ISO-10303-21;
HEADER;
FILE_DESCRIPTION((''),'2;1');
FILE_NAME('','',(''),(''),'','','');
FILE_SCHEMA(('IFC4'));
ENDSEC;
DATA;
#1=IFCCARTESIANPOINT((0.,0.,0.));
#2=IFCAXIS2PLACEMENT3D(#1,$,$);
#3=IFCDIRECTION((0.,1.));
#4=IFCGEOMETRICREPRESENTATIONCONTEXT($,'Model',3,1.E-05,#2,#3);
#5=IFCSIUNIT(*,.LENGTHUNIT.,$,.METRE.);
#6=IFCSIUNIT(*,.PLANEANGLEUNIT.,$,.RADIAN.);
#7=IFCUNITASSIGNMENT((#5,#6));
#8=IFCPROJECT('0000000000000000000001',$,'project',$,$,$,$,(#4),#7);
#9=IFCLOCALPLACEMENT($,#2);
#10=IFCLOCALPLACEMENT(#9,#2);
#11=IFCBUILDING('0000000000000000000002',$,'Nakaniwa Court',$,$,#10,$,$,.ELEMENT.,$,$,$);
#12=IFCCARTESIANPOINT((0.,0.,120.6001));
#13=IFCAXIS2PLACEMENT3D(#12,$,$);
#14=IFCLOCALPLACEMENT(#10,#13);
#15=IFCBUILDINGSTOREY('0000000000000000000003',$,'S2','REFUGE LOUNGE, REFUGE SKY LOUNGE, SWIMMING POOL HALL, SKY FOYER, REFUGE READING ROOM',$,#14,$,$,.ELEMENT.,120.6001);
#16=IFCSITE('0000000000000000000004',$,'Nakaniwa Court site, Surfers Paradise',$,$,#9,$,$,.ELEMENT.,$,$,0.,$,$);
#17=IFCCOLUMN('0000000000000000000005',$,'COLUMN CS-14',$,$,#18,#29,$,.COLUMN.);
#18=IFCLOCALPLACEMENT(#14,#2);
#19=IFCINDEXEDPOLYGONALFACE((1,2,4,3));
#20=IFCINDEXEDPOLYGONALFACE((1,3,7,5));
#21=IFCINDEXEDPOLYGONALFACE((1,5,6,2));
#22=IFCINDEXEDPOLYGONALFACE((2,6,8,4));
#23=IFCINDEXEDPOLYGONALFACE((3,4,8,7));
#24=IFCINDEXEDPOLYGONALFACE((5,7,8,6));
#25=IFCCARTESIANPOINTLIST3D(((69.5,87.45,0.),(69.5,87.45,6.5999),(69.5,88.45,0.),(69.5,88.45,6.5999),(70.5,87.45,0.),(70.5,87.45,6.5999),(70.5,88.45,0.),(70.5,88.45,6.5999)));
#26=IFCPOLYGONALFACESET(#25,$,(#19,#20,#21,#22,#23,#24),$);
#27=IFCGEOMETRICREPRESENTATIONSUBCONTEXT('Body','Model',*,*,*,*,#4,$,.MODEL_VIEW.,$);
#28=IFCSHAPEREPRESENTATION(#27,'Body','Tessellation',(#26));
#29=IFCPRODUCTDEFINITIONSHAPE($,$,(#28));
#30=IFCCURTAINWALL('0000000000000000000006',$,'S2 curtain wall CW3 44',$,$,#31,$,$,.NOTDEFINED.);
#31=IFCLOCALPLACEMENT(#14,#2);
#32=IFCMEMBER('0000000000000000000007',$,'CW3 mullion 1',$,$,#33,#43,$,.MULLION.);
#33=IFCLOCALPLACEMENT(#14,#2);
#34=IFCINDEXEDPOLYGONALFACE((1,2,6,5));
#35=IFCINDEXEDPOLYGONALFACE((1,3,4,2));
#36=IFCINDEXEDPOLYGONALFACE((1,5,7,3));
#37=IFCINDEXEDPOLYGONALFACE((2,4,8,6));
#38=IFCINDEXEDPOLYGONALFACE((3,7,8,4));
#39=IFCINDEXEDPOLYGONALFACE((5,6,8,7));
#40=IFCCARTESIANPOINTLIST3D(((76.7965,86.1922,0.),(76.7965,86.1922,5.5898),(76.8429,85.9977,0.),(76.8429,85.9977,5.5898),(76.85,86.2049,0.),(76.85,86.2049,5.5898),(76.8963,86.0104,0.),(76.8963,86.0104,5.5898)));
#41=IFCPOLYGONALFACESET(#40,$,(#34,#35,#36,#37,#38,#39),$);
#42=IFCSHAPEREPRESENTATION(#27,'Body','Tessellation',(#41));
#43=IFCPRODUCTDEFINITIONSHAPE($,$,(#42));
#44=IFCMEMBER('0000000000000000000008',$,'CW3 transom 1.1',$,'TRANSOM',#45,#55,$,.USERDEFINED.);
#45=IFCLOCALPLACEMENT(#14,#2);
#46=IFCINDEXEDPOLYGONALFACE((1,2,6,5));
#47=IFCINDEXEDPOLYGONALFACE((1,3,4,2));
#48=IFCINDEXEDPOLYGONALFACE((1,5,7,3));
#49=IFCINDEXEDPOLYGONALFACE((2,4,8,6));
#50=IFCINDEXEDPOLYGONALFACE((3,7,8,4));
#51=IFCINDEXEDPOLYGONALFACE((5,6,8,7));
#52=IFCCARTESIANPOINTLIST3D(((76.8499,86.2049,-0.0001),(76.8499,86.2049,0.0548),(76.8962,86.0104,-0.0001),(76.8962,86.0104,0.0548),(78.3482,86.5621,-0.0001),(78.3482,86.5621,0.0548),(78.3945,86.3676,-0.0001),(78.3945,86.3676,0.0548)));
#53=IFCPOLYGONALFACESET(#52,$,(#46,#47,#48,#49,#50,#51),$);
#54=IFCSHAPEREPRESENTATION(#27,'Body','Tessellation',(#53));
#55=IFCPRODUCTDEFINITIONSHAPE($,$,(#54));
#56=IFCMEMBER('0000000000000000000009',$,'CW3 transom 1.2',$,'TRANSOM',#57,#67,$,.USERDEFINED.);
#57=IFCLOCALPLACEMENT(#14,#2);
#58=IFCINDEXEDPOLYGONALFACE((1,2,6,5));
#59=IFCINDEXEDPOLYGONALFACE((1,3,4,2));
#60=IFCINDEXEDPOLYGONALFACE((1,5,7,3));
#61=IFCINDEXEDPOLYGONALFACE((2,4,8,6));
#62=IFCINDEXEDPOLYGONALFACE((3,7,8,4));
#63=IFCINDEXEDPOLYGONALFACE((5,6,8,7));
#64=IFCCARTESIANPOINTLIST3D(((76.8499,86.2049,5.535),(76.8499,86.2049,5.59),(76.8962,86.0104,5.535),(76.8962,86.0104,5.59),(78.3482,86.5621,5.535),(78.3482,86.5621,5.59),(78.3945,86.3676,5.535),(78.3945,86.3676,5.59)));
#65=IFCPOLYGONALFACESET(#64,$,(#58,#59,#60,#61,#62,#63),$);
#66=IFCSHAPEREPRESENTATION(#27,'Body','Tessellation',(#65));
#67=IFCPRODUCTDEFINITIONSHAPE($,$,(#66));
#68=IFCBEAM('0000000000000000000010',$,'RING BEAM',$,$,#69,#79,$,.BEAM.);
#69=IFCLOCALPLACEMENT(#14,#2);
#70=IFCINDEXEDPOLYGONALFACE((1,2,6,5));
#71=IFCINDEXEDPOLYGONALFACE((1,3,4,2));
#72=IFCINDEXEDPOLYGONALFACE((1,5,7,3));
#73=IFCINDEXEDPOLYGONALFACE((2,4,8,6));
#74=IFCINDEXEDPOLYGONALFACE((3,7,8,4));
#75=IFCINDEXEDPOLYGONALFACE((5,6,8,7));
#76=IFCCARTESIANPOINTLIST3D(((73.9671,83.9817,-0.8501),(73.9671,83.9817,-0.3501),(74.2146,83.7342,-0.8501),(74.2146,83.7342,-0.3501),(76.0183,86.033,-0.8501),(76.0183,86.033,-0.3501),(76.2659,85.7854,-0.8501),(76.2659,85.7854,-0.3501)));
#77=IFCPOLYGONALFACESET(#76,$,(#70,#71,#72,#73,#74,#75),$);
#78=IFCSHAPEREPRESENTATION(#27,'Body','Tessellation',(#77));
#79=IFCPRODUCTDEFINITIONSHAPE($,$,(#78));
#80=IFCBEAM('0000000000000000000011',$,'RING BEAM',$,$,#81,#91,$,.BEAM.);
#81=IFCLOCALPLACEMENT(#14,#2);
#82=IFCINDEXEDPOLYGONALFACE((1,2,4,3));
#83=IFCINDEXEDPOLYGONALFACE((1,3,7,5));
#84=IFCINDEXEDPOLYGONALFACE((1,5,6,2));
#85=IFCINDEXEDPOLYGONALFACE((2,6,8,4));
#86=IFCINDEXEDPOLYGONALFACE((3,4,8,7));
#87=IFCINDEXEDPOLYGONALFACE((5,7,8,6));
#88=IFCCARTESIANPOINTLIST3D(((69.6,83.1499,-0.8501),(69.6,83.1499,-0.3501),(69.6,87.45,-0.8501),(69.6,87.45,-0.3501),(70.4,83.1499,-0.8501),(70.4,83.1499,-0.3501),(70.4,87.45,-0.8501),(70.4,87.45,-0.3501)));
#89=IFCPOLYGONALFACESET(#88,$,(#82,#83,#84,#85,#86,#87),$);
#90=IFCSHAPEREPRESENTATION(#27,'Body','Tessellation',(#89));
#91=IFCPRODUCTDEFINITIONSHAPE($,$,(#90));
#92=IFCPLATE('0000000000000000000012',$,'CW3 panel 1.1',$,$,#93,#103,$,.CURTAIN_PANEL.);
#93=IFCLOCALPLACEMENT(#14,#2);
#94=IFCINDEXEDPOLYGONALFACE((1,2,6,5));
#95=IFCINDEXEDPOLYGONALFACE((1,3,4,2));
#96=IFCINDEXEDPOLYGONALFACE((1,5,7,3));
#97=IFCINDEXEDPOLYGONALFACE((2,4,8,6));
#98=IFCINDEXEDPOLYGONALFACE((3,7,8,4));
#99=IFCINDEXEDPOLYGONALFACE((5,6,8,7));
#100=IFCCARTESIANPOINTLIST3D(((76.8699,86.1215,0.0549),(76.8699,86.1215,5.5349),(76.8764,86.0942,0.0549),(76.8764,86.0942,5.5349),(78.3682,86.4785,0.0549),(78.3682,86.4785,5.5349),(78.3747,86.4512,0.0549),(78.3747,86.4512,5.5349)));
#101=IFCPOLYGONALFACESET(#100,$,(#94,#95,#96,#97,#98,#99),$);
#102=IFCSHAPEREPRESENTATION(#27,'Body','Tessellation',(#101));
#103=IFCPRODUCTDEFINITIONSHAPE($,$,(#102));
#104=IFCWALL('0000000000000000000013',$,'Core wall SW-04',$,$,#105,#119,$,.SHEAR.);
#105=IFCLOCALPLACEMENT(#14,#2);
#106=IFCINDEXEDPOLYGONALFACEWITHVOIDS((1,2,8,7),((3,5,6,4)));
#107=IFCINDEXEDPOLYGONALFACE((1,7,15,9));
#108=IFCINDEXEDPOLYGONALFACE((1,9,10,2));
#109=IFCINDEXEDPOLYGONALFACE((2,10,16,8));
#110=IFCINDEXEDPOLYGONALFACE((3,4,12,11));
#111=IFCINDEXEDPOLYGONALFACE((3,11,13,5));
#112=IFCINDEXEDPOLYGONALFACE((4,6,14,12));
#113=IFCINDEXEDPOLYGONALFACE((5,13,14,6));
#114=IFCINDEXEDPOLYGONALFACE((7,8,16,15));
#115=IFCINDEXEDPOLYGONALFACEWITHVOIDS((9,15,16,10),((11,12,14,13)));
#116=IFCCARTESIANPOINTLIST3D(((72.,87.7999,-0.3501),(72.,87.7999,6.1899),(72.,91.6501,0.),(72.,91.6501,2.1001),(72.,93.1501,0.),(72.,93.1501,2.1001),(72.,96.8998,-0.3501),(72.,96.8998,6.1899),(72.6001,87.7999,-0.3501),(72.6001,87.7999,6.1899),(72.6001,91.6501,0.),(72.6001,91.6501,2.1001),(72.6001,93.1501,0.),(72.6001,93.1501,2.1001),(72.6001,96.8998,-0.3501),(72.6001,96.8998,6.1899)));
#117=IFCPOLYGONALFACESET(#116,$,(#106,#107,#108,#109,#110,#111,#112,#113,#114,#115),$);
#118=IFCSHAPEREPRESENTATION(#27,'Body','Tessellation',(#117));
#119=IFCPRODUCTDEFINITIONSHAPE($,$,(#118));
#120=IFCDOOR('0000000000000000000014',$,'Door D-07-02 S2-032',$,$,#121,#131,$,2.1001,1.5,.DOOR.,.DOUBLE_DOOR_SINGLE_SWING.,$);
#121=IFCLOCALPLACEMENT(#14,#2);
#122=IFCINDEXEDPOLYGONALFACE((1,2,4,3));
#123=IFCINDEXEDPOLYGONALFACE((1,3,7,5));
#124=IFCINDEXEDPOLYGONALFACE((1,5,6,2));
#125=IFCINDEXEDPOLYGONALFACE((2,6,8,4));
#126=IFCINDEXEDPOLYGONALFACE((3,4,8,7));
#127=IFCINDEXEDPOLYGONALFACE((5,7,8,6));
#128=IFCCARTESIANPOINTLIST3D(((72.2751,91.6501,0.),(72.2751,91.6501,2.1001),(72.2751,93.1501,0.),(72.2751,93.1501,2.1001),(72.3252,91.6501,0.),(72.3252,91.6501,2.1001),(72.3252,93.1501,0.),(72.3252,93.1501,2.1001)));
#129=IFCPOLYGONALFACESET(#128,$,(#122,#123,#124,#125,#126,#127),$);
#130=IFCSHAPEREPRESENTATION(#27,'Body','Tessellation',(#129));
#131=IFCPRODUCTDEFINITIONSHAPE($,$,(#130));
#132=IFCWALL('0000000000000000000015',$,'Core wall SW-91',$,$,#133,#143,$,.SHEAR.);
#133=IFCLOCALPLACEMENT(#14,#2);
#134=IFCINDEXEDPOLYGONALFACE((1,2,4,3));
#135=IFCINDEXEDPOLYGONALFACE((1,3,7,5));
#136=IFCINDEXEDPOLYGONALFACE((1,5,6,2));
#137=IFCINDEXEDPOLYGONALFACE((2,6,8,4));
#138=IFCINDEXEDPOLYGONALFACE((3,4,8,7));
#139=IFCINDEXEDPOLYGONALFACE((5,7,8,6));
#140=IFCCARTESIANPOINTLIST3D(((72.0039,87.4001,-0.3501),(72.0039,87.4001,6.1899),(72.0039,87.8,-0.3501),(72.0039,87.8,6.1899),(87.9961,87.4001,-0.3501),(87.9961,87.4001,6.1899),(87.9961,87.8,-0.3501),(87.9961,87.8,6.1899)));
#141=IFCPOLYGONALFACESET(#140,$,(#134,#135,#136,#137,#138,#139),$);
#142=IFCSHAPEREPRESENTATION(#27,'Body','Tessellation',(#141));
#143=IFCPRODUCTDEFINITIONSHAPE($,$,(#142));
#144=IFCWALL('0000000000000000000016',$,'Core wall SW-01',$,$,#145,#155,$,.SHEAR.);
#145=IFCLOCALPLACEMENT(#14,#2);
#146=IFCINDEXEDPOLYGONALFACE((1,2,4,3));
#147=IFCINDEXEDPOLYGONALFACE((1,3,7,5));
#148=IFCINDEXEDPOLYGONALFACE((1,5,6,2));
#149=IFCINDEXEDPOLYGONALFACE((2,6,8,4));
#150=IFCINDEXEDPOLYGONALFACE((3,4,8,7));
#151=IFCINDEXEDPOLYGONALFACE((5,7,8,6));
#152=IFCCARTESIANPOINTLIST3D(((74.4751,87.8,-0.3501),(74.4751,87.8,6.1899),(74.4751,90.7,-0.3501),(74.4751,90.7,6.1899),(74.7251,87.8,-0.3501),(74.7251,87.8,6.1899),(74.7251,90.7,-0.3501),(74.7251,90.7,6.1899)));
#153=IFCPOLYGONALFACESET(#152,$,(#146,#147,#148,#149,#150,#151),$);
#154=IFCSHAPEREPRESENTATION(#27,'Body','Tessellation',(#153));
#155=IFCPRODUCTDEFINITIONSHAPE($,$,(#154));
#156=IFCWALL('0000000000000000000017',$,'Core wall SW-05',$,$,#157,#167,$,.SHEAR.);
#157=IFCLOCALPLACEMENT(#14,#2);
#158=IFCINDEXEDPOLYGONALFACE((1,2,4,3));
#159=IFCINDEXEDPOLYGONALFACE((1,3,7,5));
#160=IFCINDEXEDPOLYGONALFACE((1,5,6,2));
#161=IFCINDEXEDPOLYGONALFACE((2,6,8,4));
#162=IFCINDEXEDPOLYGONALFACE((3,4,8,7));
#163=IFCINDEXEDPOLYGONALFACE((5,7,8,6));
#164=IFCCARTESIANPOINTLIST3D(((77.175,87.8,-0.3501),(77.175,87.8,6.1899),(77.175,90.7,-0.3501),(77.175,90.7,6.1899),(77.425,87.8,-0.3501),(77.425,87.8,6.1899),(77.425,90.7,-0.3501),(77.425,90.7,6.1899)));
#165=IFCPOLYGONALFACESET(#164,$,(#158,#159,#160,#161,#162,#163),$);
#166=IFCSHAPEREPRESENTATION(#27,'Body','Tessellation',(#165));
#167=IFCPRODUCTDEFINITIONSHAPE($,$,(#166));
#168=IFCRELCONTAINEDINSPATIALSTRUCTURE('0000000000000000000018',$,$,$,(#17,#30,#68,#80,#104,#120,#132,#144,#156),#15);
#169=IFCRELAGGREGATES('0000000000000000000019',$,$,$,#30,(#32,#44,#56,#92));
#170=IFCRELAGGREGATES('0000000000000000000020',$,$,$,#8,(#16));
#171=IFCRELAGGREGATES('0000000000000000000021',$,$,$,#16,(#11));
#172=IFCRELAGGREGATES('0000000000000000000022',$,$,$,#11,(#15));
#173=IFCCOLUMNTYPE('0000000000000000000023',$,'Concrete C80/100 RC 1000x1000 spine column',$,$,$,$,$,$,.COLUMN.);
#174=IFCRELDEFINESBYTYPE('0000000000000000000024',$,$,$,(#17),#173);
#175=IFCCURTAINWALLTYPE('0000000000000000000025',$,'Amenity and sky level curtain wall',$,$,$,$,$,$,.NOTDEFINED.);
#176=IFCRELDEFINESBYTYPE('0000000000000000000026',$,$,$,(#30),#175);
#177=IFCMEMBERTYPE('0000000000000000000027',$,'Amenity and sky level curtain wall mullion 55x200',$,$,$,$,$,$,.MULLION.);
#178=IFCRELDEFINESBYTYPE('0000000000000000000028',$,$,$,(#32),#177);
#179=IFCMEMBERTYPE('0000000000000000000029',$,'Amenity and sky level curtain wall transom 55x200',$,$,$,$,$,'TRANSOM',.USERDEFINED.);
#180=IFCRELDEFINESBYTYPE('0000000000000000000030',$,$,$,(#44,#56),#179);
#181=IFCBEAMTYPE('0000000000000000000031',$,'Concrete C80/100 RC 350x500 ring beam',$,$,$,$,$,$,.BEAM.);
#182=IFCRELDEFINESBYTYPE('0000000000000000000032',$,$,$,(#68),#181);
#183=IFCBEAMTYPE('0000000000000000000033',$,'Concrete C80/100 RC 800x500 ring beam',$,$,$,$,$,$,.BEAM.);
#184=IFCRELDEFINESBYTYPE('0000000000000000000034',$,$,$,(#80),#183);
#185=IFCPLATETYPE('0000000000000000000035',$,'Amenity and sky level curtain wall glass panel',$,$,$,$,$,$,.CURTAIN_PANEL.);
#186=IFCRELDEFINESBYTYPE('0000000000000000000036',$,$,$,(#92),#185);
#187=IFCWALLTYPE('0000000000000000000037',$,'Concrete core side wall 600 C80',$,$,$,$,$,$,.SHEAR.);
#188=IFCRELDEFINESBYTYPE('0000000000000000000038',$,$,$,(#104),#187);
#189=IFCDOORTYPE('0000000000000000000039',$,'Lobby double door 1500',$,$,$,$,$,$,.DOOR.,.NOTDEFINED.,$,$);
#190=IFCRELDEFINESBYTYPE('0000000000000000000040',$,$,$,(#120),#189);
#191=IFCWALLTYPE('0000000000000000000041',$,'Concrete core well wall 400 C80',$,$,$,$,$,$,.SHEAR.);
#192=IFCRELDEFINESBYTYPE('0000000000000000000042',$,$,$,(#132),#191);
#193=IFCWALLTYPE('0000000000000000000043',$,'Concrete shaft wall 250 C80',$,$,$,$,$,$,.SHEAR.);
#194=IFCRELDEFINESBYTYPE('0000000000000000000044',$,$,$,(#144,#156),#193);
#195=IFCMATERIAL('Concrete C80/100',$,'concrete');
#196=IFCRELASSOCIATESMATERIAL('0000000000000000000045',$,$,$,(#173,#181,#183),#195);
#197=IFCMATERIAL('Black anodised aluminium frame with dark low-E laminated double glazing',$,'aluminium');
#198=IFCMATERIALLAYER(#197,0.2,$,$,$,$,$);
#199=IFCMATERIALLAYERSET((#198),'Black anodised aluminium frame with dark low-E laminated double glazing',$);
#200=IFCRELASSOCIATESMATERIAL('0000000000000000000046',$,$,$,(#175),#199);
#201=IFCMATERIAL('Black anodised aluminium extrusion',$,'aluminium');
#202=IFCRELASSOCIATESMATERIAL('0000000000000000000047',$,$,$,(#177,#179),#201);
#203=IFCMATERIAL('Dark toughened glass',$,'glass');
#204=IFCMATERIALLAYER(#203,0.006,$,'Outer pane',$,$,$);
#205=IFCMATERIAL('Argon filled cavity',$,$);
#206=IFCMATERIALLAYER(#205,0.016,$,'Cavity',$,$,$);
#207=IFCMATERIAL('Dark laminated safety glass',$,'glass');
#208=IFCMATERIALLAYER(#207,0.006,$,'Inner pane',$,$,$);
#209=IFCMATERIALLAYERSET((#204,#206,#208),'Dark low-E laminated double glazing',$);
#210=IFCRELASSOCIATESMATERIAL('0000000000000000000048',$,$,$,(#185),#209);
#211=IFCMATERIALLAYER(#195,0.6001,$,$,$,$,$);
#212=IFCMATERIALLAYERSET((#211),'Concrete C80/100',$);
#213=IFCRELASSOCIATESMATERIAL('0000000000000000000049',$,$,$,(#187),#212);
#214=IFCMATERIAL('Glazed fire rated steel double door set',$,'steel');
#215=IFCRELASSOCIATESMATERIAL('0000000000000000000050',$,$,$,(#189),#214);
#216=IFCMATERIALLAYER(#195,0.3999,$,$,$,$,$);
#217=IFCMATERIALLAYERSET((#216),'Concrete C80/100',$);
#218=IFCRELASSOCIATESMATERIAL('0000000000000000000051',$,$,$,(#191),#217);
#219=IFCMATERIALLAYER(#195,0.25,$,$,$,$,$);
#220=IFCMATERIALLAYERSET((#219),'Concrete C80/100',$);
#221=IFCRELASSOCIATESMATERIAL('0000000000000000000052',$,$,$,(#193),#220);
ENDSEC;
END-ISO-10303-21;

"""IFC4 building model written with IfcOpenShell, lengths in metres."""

from ifc_helpers import new_model, si_unit, direction, frame, frame_2d, origin, origin_2d, place, context, subcontext, project, spatial, rectangle, extrude, material, layer, layer_set, material_profile, profile_set, type_object, element, fill, aggregate, save


model = new_model("IFC4")

# Units and contexts
model_context = context("Model", 3, precision=1e-05, world=origin(), true_north=direction((0.0, 1.0)))
body_context = subcontext(model_context, "Body", "Model", "MODEL_VIEW")
ifc_project = project(units=[si_unit("LENGTHUNIT", "METRE"), si_unit("PLANEANGLEUNIT", "RADIAN")], contexts=[model_context])

# Site, building, storey
site_placement = place(None, origin())
site = spatial("IfcSite", under=ifc_project, at=site_placement, Name="Nakaniwa Court site, Surfers Paradise", CompositionType="ELEMENT", RefElevation=0.0)
building_placement = place(site_placement, origin())
building = spatial("IfcBuilding", under=site, at=building_placement, Name="Nakaniwa Court", CompositionType="ELEMENT")
storey_placement = place(building_placement, frame((0.0, 0.0, 120.6001)))
storey = spatial("IfcBuildingStorey", under=building, at=storey_placement, Name="S2", Description="REFUGE LOUNGE, REFUGE SKY LOUNGE, SWIMMING POOL HALL, SKY FOYER, REFUGE READING ROOM", CompositionType="ELEMENT", Elevation=120.6001)

# Column
ifc_material_1 = material(Name="Concrete C80/100", Category="concrete")
ifc_material_profile_1 = material_profile(ifc_material_1, rectangle(XDim=1.0, YDim=1.0, at=origin_2d()), Name="Concrete C80/100 RC 1000x1000 spine column")
ifc_profile_set_1 = profile_set([ifc_material_profile_1], Name="Concrete C80/100")
column_type_1 = type_object("IfcColumnType", Name="Concrete C80/100 RC 1000x1000 spine column", PredefinedType="COLUMN", material=ifc_profile_set_1)
column_1_placement = place(storey_placement, frame((70.0, 87.95, 0.0), z_axis=(0.0, 0.0, 1.0), x_axis=(0.0, -1.0, 0.0)))
element("IfcColumn", 1, at=column_1_placement, inside=storey, type_object=column_type_1, Name="COLUMN CS-14", PredefinedType="COLUMN", context=body_context, shape_type="SweptSolid", body=[
    extrude(rectangle(XDim=1.0, YDim=1.0, at=origin_2d()), origin(), (0.0, 0.0, 1.0), 6.5999),
])

# Curtain wall, members
ifc_material_2 = material(Name="Black anodised aluminium frame with dark low-E laminated double glazing", Category="aluminium")
ifc_layer_1 = layer(ifc_material_2, 0.2)
ifc_layer_set_1 = layer_set([ifc_layer_1], Name="Black anodised aluminium frame with dark low-E laminated double glazing")
curtain_wall_type = type_object("IfcCurtainWallType", Name="Amenity and sky level curtain wall", PredefinedType="NOTDEFINED", material=ifc_layer_set_1)
curtain_wall_placement = place(storey_placement, origin())
curtain_wall = element("IfcCurtainWall", 2, at=curtain_wall_placement, inside=storey, type_object=curtain_wall_type, Name="S2 curtain wall CW3 44", PredefinedType="NOTDEFINED")
ifc_material_3 = material(Name="Black anodised aluminium extrusion", Category="aluminium")
ifc_material_profile_2 = material_profile(ifc_material_3, rectangle(XDim=0.2, YDim=0.0549, at=origin_2d()), Name="Amenity and sky level curtain wall mullion 55x200")
ifc_profile_set_2 = profile_set([ifc_material_profile_2], Name="Black anodised aluminium extrusion")
member_type_1 = type_object("IfcMemberType", Name="Amenity and sky level curtain wall mullion 55x200", PredefinedType="MULLION", material=ifc_profile_set_2)
member_1_placement = place(storey_placement, frame((76.8464, 86.1013, 0.0), z_axis=(0.0, 0.0, 1.0), x_axis=(-0.231791, 0.972766, 0.0)))
member_1 = element("IfcMember", 3, at=member_1_placement, type_object=member_type_1, Name="CW3 mullion 1", PredefinedType="MULLION", context=body_context, shape_type="SweptSolid", body=[
    extrude(rectangle(XDim=0.2, YDim=0.0549, at=origin_2d()), origin(), (0.0, 0.0, 1.0), 5.5898),
])
ifc_material_profile_3 = material_profile(ifc_material_3, rectangle(XDim=0.2, YDim=0.0549, at=origin_2d()), Name="Amenity and sky level curtain wall transom 55x200")
ifc_profile_set_3 = profile_set([ifc_material_profile_3], Name="Black anodised aluminium extrusion")
member_type_2 = type_object("IfcMemberType", Name="Amenity and sky level curtain wall transom 55x200", ElementType="TRANSOM", PredefinedType="USERDEFINED", material=ifc_profile_set_3)
member_2_placement = place(storey_placement, frame((76.873, 86.1077, 0.0273), z_axis=(0.972742, 0.231892, 0.0), x_axis=(-0.231892, 0.972742, 0.0)))
member_2 = element("IfcMember", 4, at=member_2_placement, type_object=member_type_2, Name="CW3 transom 1.1", ObjectType="TRANSOM", PredefinedType="USERDEFINED", context=body_context, shape_type="SweptSolid", body=[
    extrude(rectangle(XDim=0.2, YDim=0.0549, at=origin_2d()), origin(), (0.0, 0.0, 1.0), 1.5403),
])
member_3_placement = place(storey_placement, frame((76.873, 86.1077, 5.5625), z_axis=(0.972742, 0.231892, 0.0), x_axis=(-0.231892, 0.972742, 0.0)))
member_3 = element("IfcMember", 5, at=member_3_placement, type_object=member_type_2, Name="CW3 transom 1.2", ObjectType="TRANSOM", PredefinedType="USERDEFINED", context=body_context, shape_type="SweptSolid", body=[
    extrude(rectangle(XDim=0.2, YDim=0.0549, at=origin_2d()), origin(), (0.0, 0.0, 1.0), 1.5403),
])

# Beams
ifc_material_profile_4 = material_profile(ifc_material_1, rectangle(XDim=0.3501, YDim=0.5, at=origin_2d()), Name="Concrete C80/100 RC 350x500 ring beam")
ifc_profile_set_4 = profile_set([ifc_material_profile_4], Name="Concrete C80/100")
beam_type_1 = type_object("IfcBeamType", Name="Concrete C80/100 RC 350x500 ring beam", PredefinedType="BEAM", material=ifc_profile_set_4)
beam_1_placement = place(storey_placement, frame((76.1421, 85.9092, -0.6001), z_axis=(-0.707107, -0.707107, 0.0), x_axis=(0.707107, -0.707107, 0.0)))
element("IfcBeam", 6, at=beam_1_placement, inside=storey, type_object=beam_type_1, Name="RING BEAM", PredefinedType="BEAM", context=body_context, shape_type="SweptSolid", body=[
    extrude(rectangle(XDim=0.3501, YDim=0.5, at=origin_2d()), origin(), (0.0, 0.0, 1.0), 2.9009),
])
ifc_material_profile_5 = material_profile(ifc_material_1, rectangle(XDim=0.8, YDim=0.5, at=origin_2d()), Name="Concrete C80/100 RC 800x500 ring beam")
ifc_profile_set_5 = profile_set([ifc_material_profile_5], Name="Concrete C80/100")
beam_type_2 = type_object("IfcBeamType", Name="Concrete C80/100 RC 800x500 ring beam", PredefinedType="BEAM", material=ifc_profile_set_5)
beam_2_placement = place(storey_placement, frame((70.0, 87.45, -0.6001), z_axis=(0.0, -1.0, 0.0), x_axis=(1.0, 0.0, 0.0)))
element("IfcBeam", 7, at=beam_2_placement, inside=storey, type_object=beam_type_2, Name="RING BEAM", PredefinedType="BEAM", context=body_context, shape_type="SweptSolid", body=[
    extrude(rectangle(XDim=0.8, YDim=0.5, at=origin_2d()), origin(), (0.0, 0.0, 1.0), 4.3),
])

# Plate
ifc_material_4 = material(Name="Dark toughened glass", Category="glass")
ifc_layer_2 = layer(ifc_material_4, 0.006, Name="Outer pane")
ifc_material_5 = material(Name="Argon filled cavity")
ifc_layer_3 = layer(ifc_material_5, 0.016, Name="Cavity")
ifc_material_6 = material(Name="Dark laminated safety glass", Category="glass")
ifc_layer_4 = layer(ifc_material_6, 0.006, Name="Inner pane")
ifc_layer_set_2 = layer_set([ifc_layer_2, ifc_layer_3, ifc_layer_4], Name="Dark low-E laminated double glazing")
plate_type = type_object("IfcPlateType", Name="Amenity and sky level curtain wall glass panel", PredefinedType="CURTAIN_PANEL", material=ifc_layer_set_2)
plate_placement = place(storey_placement, frame((77.6223, 86.2864, 0.0549), z_axis=(0.0, 0.0, 1.0), x_axis=(0.972766, 0.231791, 0.0)))
plate = element("IfcPlate", 8, at=plate_placement, type_object=plate_type, Name="CW3 panel 1.1", PredefinedType="CURTAIN_PANEL", context=body_context, shape_type="SweptSolid", body=[
    extrude(rectangle(XDim=1.5403, YDim=0.0281, at=origin_2d()), origin(), (0.0, 0.0, 1.0), 5.48),
])
aggregate(curtain_wall, [member_1, member_2, member_3, plate])

# Wall, opening, door
ifc_layer_5 = layer(ifc_material_1, 0.6001)
ifc_layer_set_3 = layer_set([ifc_layer_5], Name="Concrete C80/100")
wall_type_1 = type_object("IfcWallType", Name="Concrete core side wall 600 C80", PredefinedType="SHEAR", material=ifc_layer_set_3)
wall_1_placement = place(storey_placement, frame((72.3, 87.8, -0.3501), z_axis=(0.0, 0.0, 1.0), x_axis=(0.0, 1.0, 0.0)))
wall_1 = element("IfcWall", 9, at=wall_1_placement, inside=storey, type_object=wall_type_1, Name="Core wall SW-04", PredefinedType="SHEAR", context=body_context, shape_type="SweptSolid", body=[
    extrude(rectangle(XDim=9.0999, YDim=0.6001, at=frame_2d((4.5498, 0.0))), origin(), (0.0, 0.0, 1.0), 6.54),
])
opening_placement = place(wall_1_placement, frame((3.8501, 0.0, 0.3501)))
opening = element("IfcOpeningElement", 10, at=opening_placement, cuts=wall_1, PredefinedType="OPENING", context=body_context, shape_type="SweptSolid", body=[
    extrude(rectangle(XDim=1.5, YDim=2.1001, at=frame_2d((0.75, 1.05))), frame((0.0, 0.3101, 0.0), z_axis=(0.0, -1.0, 0.0), x_axis=(1.0, 0.0, 0.0)), (0.0, 0.0, 1.0), 0.6201),
])
ifc_material_7 = material(Name="Glazed fire rated steel double door set", Category="steel")
door_type = type_object("IfcDoorType", Name="Lobby double door 1500", OperationType="NOTDEFINED", PredefinedType="DOOR", material=ifc_material_7)
door_placement = place(opening_placement, origin())
door = element("IfcDoor", 11, at=door_placement, inside=storey, type_object=door_type, Name="Door D-07-02 S2-032", OperationType="DOUBLE_DOOR_SINGLE_SWING", OverallHeight=2.1001, OverallWidth=1.5, PredefinedType="DOOR", context=body_context, shape_type="SweptSolid", body=[
    extrude(rectangle(XDim=1.5, YDim=2.1001, at=frame_2d((0.75, 1.05))), frame((0.0, 0.0249, 0.0), z_axis=(0.0, -1.0, 0.0), x_axis=(1.0, 0.0, 0.0)), (0.0, 0.0, 1.0), 0.05),
])
fill(opening, door)

# Walls
ifc_layer_6 = layer(ifc_material_1, 0.3999)
ifc_layer_set_4 = layer_set([ifc_layer_6], Name="Concrete C80/100")
wall_type_2 = type_object("IfcWallType", Name="Concrete core well wall 400 C80", PredefinedType="SHEAR", material=ifc_layer_set_4)
wall_2_placement = place(storey_placement, frame((72.0039, 87.6001, -0.3501), z_axis=(0.0, 0.0, 1.0), x_axis=(1.0, 0.0, 0.0)))
element("IfcWall", 12, at=wall_2_placement, inside=storey, type_object=wall_type_2, Name="Core wall SW-91", PredefinedType="SHEAR", context=body_context, shape_type="SweptSolid", body=[
    extrude(rectangle(XDim=15.9922, YDim=0.3999, at=frame_2d((7.9961, 0.0))), origin(), (0.0, 0.0, 1.0), 6.54),
])
ifc_layer_7 = layer(ifc_material_1, 0.25)
ifc_layer_set_5 = layer_set([ifc_layer_7], Name="Concrete C80/100")
wall_type_3 = type_object("IfcWallType", Name="Concrete shaft wall 250 C80", PredefinedType="SHEAR", material=ifc_layer_set_5)
for number, where, z_axis, x_axis, name in (
    (13, (74.6001, 87.8, -0.3501), (0.0, 0.0, 1.0), (0.0, 1.0, 0.0), "Core wall SW-01"),
    (14, (77.3, 87.8, -0.3501), (0.0, 0.0, 1.0), (0.0, 1.0, 0.0), "Core wall SW-05"),
):
    element("IfcWall", number, at=place(storey_placement, frame(where, z_axis=z_axis, x_axis=x_axis)), inside=storey, type_object=wall_type_3, Name=name, PredefinedType="SHEAR", context=body_context, shape_type="SweptSolid", body=[
        extrude(rectangle(XDim=2.8999, YDim=0.25, at=frame_2d((1.45, 0.0))), origin(), (0.0, 0.0, 1.0), 6.54),
    ])

save(model, "model.ifc")
